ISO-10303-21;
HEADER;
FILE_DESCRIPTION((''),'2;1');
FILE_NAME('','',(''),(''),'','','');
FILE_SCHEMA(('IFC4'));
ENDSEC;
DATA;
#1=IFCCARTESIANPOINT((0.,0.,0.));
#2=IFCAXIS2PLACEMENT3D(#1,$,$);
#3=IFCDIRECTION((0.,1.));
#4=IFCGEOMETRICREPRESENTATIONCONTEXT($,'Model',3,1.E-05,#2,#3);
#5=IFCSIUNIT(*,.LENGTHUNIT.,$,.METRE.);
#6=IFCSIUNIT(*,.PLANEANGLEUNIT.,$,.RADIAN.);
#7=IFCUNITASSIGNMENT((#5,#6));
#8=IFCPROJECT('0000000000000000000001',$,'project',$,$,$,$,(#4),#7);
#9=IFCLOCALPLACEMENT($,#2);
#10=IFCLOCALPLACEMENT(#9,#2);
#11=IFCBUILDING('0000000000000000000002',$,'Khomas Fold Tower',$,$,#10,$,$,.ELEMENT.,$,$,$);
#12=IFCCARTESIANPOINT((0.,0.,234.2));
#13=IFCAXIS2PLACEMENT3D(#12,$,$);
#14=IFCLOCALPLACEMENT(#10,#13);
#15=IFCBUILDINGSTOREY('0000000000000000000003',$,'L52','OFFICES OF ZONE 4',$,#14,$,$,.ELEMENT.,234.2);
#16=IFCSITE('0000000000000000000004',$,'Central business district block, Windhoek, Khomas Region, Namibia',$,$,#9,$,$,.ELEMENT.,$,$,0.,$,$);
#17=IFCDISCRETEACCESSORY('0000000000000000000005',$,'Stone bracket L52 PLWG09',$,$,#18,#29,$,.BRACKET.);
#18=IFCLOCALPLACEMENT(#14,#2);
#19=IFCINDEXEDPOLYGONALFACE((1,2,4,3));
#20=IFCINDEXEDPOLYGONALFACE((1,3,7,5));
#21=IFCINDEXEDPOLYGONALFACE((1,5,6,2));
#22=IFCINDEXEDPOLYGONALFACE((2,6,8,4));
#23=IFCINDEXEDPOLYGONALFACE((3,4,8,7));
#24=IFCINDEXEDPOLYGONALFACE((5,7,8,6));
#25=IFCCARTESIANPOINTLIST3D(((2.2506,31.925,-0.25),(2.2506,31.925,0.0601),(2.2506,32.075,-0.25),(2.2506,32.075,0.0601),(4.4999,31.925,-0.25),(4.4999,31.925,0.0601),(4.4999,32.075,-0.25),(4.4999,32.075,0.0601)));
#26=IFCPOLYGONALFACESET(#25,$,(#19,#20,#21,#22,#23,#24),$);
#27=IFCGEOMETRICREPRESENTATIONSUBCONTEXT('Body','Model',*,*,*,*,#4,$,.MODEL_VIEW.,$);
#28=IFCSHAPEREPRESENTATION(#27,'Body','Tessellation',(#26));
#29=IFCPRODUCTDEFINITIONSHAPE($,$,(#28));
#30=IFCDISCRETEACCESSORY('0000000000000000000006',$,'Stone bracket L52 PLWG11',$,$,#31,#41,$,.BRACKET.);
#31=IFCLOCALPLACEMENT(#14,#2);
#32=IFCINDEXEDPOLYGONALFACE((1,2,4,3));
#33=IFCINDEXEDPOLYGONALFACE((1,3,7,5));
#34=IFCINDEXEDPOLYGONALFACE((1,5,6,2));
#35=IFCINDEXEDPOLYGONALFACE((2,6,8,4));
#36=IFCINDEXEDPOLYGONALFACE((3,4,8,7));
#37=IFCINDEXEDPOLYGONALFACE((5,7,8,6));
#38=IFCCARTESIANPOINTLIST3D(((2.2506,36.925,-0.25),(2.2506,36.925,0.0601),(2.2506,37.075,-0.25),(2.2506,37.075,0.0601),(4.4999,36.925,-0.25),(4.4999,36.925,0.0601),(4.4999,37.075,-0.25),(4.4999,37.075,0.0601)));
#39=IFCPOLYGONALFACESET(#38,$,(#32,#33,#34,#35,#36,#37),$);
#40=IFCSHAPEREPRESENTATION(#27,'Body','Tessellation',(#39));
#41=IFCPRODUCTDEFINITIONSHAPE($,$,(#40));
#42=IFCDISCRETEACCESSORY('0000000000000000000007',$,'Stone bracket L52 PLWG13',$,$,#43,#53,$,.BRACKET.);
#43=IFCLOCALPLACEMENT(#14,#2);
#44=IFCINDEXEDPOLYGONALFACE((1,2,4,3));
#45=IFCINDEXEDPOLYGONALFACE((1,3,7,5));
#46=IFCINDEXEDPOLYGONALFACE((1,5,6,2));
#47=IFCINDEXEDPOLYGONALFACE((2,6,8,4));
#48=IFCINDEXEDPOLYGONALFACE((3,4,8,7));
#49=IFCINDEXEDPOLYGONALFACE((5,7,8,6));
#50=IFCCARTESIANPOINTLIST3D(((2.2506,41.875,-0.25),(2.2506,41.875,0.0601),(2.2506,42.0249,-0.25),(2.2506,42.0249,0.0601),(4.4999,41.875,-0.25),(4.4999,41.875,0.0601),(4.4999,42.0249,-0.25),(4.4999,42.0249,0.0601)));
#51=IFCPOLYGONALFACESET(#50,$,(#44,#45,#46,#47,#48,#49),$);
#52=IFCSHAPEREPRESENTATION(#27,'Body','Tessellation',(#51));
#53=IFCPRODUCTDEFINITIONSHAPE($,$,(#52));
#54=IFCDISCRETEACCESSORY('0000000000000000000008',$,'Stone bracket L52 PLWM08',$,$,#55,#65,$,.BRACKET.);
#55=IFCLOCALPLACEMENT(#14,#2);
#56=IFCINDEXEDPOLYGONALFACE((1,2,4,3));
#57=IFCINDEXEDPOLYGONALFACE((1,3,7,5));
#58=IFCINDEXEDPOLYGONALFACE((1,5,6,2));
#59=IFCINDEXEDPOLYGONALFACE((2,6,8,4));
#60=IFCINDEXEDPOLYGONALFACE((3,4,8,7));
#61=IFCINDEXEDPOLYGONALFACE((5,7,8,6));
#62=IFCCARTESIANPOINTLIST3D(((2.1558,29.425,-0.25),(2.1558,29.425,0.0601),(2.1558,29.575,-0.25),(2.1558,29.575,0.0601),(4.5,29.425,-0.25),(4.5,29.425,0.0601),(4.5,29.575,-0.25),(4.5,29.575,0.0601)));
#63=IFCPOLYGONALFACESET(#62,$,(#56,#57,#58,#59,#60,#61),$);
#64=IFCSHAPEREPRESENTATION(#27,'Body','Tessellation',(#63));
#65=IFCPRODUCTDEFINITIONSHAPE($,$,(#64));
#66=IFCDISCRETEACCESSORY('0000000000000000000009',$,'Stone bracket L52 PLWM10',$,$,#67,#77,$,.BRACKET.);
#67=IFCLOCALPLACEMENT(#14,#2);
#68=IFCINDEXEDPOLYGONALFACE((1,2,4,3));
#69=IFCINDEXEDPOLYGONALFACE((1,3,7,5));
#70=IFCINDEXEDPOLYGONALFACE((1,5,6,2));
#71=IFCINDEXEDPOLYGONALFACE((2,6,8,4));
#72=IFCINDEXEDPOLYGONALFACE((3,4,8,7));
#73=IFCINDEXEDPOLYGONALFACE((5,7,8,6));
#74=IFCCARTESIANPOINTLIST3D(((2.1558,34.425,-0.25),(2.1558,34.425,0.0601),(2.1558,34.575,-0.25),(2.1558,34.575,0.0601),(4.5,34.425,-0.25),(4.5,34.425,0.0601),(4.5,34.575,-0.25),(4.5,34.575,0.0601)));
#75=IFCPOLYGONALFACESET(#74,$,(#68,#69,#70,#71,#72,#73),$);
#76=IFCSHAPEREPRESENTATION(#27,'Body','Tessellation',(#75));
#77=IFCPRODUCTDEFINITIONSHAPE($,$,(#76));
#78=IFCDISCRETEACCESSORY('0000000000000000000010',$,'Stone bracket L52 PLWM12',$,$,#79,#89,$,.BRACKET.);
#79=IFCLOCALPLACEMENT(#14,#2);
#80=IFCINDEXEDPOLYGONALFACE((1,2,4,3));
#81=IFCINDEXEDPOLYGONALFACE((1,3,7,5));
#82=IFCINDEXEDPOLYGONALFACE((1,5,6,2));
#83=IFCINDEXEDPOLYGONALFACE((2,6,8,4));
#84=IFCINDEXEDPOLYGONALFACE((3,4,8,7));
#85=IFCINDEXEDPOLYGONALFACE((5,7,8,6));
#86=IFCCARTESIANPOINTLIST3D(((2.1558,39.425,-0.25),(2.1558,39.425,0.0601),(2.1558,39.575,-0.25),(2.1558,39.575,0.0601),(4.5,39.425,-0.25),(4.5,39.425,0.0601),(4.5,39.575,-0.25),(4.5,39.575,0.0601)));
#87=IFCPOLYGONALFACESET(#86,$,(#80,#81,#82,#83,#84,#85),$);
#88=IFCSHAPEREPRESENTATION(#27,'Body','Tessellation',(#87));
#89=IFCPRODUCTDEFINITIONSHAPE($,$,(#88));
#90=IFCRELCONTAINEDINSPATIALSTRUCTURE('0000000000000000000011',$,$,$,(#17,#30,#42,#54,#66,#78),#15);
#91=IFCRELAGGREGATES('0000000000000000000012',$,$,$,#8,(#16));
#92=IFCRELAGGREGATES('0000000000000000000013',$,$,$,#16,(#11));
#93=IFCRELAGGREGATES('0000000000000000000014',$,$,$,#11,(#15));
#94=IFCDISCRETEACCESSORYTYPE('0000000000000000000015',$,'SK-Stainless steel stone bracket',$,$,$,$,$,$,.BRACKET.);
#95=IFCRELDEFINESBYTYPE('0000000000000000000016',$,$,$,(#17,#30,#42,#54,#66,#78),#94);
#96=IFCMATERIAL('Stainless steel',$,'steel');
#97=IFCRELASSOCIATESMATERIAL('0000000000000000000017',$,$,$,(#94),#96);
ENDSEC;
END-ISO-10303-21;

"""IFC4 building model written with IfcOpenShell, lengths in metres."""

from ifc_helpers import new_model, si_unit, direction, frame, origin, origin_2d, place, context, subcontext, project, spatial, rectangle, extrude, source, transform, mapped, material, type_object, element, save


model = new_model("IFC4")

# Units and contexts
model_context = context("Model", 3, precision=1e-05, world=origin(), true_north=direction((0.0, 1.0)))
body_context = subcontext(model_context, "Body", "Model", "MODEL_VIEW")
ifc_project = project(units=[si_unit("LENGTHUNIT", "METRE"), si_unit("PLANEANGLEUNIT", "RADIAN")], contexts=[model_context])

# Site, building, storey
site_placement = place(None, origin())
site = spatial("IfcSite", under=ifc_project, at=site_placement, Name="Central business district block, Windhoek, Khomas Region, Namibia", CompositionType="ELEMENT", RefElevation=0.0)
building_placement = place(site_placement, origin())
building = spatial("IfcBuilding", under=site, at=building_placement, Name="Khomas Fold Tower", CompositionType="ELEMENT")
storey_placement = place(building_placement, frame((0.0, 0.0, 234.2)))
storey = spatial("IfcBuildingStorey", under=building, at=storey_placement, Name="L52", Description="OFFICES OF ZONE 4", CompositionType="ELEMENT", Elevation=234.2)

# Discrete accessories
ifc_material_1 = material(Name="Stainless steel", Category="steel")
discrete_accessory_type = type_object("IfcDiscreteAccessoryType", Name="SK-Stainless steel stone bracket", PredefinedType="BRACKET", material=ifc_material_1)
shared_shape_1 = source(origin(), body_context, "Body", "SweptSolid", [
    extrude(rectangle(XDim=2.2493, YDim=0.1499, at=origin_2d()), origin(), (0.0, 0.0, 1.0), 0.3101),
])
for number, where, z_axis, x_axis, name in (
    (1, (3.3752, 32.0, -0.25), (0.0, 0.0, 1.0), (-1.0, 0.0, 0.0), "Stone bracket L52 PLWG09"),
    (2, (3.3752, 37.0, -0.25), (0.0, 0.0, 1.0), (-1.0, 0.0, 0.0), "Stone bracket L52 PLWG11"),
    (3, (3.3752, 41.95, -0.25), (0.0, 0.0, 1.0), (-1.0, 0.0, 0.0), "Stone bracket L52 PLWG13"),
):
    element("IfcDiscreteAccessory", number, at=place(storey_placement, frame(where, z_axis=z_axis, x_axis=x_axis)), inside=storey, type_object=discrete_accessory_type, Name=name, PredefinedType="BRACKET", context=body_context, shape_type="MappedRepresentation", body=[
        mapped(shared_shape_1, transform((0.0, 0.0, 0.0))),
    ])
shared_shape_2 = source(origin(), body_context, "Body", "SweptSolid", [
    extrude(rectangle(XDim=2.3442, YDim=0.1499, at=origin_2d()), origin(), (0.0, 0.0, 1.0), 0.3101),
])
for number, where, z_axis, x_axis, name in (
    (4, (3.3279, 29.5, -0.25), (0.0, 0.0, 1.0), (-1.0, 0.0, 0.0), "Stone bracket L52 PLWM08"),
    (5, (3.3279, 34.5, -0.25), (0.0, 0.0, 1.0), (-1.0, 0.0, 0.0), "Stone bracket L52 PLWM10"),
    (6, (3.3279, 39.5, -0.25), (0.0, 0.0, 1.0), (-1.0, 0.0, 0.0), "Stone bracket L52 PLWM12"),
):
    element("IfcDiscreteAccessory", number, at=place(storey_placement, frame(where, z_axis=z_axis, x_axis=x_axis)), inside=storey, type_object=discrete_accessory_type, Name=name, PredefinedType="BRACKET", context=body_context, shape_type="MappedRepresentation", body=[
        mapped(shared_shape_2, transform((0.0, 0.0, 0.0))),
    ])

save(model, "model.ifc")
